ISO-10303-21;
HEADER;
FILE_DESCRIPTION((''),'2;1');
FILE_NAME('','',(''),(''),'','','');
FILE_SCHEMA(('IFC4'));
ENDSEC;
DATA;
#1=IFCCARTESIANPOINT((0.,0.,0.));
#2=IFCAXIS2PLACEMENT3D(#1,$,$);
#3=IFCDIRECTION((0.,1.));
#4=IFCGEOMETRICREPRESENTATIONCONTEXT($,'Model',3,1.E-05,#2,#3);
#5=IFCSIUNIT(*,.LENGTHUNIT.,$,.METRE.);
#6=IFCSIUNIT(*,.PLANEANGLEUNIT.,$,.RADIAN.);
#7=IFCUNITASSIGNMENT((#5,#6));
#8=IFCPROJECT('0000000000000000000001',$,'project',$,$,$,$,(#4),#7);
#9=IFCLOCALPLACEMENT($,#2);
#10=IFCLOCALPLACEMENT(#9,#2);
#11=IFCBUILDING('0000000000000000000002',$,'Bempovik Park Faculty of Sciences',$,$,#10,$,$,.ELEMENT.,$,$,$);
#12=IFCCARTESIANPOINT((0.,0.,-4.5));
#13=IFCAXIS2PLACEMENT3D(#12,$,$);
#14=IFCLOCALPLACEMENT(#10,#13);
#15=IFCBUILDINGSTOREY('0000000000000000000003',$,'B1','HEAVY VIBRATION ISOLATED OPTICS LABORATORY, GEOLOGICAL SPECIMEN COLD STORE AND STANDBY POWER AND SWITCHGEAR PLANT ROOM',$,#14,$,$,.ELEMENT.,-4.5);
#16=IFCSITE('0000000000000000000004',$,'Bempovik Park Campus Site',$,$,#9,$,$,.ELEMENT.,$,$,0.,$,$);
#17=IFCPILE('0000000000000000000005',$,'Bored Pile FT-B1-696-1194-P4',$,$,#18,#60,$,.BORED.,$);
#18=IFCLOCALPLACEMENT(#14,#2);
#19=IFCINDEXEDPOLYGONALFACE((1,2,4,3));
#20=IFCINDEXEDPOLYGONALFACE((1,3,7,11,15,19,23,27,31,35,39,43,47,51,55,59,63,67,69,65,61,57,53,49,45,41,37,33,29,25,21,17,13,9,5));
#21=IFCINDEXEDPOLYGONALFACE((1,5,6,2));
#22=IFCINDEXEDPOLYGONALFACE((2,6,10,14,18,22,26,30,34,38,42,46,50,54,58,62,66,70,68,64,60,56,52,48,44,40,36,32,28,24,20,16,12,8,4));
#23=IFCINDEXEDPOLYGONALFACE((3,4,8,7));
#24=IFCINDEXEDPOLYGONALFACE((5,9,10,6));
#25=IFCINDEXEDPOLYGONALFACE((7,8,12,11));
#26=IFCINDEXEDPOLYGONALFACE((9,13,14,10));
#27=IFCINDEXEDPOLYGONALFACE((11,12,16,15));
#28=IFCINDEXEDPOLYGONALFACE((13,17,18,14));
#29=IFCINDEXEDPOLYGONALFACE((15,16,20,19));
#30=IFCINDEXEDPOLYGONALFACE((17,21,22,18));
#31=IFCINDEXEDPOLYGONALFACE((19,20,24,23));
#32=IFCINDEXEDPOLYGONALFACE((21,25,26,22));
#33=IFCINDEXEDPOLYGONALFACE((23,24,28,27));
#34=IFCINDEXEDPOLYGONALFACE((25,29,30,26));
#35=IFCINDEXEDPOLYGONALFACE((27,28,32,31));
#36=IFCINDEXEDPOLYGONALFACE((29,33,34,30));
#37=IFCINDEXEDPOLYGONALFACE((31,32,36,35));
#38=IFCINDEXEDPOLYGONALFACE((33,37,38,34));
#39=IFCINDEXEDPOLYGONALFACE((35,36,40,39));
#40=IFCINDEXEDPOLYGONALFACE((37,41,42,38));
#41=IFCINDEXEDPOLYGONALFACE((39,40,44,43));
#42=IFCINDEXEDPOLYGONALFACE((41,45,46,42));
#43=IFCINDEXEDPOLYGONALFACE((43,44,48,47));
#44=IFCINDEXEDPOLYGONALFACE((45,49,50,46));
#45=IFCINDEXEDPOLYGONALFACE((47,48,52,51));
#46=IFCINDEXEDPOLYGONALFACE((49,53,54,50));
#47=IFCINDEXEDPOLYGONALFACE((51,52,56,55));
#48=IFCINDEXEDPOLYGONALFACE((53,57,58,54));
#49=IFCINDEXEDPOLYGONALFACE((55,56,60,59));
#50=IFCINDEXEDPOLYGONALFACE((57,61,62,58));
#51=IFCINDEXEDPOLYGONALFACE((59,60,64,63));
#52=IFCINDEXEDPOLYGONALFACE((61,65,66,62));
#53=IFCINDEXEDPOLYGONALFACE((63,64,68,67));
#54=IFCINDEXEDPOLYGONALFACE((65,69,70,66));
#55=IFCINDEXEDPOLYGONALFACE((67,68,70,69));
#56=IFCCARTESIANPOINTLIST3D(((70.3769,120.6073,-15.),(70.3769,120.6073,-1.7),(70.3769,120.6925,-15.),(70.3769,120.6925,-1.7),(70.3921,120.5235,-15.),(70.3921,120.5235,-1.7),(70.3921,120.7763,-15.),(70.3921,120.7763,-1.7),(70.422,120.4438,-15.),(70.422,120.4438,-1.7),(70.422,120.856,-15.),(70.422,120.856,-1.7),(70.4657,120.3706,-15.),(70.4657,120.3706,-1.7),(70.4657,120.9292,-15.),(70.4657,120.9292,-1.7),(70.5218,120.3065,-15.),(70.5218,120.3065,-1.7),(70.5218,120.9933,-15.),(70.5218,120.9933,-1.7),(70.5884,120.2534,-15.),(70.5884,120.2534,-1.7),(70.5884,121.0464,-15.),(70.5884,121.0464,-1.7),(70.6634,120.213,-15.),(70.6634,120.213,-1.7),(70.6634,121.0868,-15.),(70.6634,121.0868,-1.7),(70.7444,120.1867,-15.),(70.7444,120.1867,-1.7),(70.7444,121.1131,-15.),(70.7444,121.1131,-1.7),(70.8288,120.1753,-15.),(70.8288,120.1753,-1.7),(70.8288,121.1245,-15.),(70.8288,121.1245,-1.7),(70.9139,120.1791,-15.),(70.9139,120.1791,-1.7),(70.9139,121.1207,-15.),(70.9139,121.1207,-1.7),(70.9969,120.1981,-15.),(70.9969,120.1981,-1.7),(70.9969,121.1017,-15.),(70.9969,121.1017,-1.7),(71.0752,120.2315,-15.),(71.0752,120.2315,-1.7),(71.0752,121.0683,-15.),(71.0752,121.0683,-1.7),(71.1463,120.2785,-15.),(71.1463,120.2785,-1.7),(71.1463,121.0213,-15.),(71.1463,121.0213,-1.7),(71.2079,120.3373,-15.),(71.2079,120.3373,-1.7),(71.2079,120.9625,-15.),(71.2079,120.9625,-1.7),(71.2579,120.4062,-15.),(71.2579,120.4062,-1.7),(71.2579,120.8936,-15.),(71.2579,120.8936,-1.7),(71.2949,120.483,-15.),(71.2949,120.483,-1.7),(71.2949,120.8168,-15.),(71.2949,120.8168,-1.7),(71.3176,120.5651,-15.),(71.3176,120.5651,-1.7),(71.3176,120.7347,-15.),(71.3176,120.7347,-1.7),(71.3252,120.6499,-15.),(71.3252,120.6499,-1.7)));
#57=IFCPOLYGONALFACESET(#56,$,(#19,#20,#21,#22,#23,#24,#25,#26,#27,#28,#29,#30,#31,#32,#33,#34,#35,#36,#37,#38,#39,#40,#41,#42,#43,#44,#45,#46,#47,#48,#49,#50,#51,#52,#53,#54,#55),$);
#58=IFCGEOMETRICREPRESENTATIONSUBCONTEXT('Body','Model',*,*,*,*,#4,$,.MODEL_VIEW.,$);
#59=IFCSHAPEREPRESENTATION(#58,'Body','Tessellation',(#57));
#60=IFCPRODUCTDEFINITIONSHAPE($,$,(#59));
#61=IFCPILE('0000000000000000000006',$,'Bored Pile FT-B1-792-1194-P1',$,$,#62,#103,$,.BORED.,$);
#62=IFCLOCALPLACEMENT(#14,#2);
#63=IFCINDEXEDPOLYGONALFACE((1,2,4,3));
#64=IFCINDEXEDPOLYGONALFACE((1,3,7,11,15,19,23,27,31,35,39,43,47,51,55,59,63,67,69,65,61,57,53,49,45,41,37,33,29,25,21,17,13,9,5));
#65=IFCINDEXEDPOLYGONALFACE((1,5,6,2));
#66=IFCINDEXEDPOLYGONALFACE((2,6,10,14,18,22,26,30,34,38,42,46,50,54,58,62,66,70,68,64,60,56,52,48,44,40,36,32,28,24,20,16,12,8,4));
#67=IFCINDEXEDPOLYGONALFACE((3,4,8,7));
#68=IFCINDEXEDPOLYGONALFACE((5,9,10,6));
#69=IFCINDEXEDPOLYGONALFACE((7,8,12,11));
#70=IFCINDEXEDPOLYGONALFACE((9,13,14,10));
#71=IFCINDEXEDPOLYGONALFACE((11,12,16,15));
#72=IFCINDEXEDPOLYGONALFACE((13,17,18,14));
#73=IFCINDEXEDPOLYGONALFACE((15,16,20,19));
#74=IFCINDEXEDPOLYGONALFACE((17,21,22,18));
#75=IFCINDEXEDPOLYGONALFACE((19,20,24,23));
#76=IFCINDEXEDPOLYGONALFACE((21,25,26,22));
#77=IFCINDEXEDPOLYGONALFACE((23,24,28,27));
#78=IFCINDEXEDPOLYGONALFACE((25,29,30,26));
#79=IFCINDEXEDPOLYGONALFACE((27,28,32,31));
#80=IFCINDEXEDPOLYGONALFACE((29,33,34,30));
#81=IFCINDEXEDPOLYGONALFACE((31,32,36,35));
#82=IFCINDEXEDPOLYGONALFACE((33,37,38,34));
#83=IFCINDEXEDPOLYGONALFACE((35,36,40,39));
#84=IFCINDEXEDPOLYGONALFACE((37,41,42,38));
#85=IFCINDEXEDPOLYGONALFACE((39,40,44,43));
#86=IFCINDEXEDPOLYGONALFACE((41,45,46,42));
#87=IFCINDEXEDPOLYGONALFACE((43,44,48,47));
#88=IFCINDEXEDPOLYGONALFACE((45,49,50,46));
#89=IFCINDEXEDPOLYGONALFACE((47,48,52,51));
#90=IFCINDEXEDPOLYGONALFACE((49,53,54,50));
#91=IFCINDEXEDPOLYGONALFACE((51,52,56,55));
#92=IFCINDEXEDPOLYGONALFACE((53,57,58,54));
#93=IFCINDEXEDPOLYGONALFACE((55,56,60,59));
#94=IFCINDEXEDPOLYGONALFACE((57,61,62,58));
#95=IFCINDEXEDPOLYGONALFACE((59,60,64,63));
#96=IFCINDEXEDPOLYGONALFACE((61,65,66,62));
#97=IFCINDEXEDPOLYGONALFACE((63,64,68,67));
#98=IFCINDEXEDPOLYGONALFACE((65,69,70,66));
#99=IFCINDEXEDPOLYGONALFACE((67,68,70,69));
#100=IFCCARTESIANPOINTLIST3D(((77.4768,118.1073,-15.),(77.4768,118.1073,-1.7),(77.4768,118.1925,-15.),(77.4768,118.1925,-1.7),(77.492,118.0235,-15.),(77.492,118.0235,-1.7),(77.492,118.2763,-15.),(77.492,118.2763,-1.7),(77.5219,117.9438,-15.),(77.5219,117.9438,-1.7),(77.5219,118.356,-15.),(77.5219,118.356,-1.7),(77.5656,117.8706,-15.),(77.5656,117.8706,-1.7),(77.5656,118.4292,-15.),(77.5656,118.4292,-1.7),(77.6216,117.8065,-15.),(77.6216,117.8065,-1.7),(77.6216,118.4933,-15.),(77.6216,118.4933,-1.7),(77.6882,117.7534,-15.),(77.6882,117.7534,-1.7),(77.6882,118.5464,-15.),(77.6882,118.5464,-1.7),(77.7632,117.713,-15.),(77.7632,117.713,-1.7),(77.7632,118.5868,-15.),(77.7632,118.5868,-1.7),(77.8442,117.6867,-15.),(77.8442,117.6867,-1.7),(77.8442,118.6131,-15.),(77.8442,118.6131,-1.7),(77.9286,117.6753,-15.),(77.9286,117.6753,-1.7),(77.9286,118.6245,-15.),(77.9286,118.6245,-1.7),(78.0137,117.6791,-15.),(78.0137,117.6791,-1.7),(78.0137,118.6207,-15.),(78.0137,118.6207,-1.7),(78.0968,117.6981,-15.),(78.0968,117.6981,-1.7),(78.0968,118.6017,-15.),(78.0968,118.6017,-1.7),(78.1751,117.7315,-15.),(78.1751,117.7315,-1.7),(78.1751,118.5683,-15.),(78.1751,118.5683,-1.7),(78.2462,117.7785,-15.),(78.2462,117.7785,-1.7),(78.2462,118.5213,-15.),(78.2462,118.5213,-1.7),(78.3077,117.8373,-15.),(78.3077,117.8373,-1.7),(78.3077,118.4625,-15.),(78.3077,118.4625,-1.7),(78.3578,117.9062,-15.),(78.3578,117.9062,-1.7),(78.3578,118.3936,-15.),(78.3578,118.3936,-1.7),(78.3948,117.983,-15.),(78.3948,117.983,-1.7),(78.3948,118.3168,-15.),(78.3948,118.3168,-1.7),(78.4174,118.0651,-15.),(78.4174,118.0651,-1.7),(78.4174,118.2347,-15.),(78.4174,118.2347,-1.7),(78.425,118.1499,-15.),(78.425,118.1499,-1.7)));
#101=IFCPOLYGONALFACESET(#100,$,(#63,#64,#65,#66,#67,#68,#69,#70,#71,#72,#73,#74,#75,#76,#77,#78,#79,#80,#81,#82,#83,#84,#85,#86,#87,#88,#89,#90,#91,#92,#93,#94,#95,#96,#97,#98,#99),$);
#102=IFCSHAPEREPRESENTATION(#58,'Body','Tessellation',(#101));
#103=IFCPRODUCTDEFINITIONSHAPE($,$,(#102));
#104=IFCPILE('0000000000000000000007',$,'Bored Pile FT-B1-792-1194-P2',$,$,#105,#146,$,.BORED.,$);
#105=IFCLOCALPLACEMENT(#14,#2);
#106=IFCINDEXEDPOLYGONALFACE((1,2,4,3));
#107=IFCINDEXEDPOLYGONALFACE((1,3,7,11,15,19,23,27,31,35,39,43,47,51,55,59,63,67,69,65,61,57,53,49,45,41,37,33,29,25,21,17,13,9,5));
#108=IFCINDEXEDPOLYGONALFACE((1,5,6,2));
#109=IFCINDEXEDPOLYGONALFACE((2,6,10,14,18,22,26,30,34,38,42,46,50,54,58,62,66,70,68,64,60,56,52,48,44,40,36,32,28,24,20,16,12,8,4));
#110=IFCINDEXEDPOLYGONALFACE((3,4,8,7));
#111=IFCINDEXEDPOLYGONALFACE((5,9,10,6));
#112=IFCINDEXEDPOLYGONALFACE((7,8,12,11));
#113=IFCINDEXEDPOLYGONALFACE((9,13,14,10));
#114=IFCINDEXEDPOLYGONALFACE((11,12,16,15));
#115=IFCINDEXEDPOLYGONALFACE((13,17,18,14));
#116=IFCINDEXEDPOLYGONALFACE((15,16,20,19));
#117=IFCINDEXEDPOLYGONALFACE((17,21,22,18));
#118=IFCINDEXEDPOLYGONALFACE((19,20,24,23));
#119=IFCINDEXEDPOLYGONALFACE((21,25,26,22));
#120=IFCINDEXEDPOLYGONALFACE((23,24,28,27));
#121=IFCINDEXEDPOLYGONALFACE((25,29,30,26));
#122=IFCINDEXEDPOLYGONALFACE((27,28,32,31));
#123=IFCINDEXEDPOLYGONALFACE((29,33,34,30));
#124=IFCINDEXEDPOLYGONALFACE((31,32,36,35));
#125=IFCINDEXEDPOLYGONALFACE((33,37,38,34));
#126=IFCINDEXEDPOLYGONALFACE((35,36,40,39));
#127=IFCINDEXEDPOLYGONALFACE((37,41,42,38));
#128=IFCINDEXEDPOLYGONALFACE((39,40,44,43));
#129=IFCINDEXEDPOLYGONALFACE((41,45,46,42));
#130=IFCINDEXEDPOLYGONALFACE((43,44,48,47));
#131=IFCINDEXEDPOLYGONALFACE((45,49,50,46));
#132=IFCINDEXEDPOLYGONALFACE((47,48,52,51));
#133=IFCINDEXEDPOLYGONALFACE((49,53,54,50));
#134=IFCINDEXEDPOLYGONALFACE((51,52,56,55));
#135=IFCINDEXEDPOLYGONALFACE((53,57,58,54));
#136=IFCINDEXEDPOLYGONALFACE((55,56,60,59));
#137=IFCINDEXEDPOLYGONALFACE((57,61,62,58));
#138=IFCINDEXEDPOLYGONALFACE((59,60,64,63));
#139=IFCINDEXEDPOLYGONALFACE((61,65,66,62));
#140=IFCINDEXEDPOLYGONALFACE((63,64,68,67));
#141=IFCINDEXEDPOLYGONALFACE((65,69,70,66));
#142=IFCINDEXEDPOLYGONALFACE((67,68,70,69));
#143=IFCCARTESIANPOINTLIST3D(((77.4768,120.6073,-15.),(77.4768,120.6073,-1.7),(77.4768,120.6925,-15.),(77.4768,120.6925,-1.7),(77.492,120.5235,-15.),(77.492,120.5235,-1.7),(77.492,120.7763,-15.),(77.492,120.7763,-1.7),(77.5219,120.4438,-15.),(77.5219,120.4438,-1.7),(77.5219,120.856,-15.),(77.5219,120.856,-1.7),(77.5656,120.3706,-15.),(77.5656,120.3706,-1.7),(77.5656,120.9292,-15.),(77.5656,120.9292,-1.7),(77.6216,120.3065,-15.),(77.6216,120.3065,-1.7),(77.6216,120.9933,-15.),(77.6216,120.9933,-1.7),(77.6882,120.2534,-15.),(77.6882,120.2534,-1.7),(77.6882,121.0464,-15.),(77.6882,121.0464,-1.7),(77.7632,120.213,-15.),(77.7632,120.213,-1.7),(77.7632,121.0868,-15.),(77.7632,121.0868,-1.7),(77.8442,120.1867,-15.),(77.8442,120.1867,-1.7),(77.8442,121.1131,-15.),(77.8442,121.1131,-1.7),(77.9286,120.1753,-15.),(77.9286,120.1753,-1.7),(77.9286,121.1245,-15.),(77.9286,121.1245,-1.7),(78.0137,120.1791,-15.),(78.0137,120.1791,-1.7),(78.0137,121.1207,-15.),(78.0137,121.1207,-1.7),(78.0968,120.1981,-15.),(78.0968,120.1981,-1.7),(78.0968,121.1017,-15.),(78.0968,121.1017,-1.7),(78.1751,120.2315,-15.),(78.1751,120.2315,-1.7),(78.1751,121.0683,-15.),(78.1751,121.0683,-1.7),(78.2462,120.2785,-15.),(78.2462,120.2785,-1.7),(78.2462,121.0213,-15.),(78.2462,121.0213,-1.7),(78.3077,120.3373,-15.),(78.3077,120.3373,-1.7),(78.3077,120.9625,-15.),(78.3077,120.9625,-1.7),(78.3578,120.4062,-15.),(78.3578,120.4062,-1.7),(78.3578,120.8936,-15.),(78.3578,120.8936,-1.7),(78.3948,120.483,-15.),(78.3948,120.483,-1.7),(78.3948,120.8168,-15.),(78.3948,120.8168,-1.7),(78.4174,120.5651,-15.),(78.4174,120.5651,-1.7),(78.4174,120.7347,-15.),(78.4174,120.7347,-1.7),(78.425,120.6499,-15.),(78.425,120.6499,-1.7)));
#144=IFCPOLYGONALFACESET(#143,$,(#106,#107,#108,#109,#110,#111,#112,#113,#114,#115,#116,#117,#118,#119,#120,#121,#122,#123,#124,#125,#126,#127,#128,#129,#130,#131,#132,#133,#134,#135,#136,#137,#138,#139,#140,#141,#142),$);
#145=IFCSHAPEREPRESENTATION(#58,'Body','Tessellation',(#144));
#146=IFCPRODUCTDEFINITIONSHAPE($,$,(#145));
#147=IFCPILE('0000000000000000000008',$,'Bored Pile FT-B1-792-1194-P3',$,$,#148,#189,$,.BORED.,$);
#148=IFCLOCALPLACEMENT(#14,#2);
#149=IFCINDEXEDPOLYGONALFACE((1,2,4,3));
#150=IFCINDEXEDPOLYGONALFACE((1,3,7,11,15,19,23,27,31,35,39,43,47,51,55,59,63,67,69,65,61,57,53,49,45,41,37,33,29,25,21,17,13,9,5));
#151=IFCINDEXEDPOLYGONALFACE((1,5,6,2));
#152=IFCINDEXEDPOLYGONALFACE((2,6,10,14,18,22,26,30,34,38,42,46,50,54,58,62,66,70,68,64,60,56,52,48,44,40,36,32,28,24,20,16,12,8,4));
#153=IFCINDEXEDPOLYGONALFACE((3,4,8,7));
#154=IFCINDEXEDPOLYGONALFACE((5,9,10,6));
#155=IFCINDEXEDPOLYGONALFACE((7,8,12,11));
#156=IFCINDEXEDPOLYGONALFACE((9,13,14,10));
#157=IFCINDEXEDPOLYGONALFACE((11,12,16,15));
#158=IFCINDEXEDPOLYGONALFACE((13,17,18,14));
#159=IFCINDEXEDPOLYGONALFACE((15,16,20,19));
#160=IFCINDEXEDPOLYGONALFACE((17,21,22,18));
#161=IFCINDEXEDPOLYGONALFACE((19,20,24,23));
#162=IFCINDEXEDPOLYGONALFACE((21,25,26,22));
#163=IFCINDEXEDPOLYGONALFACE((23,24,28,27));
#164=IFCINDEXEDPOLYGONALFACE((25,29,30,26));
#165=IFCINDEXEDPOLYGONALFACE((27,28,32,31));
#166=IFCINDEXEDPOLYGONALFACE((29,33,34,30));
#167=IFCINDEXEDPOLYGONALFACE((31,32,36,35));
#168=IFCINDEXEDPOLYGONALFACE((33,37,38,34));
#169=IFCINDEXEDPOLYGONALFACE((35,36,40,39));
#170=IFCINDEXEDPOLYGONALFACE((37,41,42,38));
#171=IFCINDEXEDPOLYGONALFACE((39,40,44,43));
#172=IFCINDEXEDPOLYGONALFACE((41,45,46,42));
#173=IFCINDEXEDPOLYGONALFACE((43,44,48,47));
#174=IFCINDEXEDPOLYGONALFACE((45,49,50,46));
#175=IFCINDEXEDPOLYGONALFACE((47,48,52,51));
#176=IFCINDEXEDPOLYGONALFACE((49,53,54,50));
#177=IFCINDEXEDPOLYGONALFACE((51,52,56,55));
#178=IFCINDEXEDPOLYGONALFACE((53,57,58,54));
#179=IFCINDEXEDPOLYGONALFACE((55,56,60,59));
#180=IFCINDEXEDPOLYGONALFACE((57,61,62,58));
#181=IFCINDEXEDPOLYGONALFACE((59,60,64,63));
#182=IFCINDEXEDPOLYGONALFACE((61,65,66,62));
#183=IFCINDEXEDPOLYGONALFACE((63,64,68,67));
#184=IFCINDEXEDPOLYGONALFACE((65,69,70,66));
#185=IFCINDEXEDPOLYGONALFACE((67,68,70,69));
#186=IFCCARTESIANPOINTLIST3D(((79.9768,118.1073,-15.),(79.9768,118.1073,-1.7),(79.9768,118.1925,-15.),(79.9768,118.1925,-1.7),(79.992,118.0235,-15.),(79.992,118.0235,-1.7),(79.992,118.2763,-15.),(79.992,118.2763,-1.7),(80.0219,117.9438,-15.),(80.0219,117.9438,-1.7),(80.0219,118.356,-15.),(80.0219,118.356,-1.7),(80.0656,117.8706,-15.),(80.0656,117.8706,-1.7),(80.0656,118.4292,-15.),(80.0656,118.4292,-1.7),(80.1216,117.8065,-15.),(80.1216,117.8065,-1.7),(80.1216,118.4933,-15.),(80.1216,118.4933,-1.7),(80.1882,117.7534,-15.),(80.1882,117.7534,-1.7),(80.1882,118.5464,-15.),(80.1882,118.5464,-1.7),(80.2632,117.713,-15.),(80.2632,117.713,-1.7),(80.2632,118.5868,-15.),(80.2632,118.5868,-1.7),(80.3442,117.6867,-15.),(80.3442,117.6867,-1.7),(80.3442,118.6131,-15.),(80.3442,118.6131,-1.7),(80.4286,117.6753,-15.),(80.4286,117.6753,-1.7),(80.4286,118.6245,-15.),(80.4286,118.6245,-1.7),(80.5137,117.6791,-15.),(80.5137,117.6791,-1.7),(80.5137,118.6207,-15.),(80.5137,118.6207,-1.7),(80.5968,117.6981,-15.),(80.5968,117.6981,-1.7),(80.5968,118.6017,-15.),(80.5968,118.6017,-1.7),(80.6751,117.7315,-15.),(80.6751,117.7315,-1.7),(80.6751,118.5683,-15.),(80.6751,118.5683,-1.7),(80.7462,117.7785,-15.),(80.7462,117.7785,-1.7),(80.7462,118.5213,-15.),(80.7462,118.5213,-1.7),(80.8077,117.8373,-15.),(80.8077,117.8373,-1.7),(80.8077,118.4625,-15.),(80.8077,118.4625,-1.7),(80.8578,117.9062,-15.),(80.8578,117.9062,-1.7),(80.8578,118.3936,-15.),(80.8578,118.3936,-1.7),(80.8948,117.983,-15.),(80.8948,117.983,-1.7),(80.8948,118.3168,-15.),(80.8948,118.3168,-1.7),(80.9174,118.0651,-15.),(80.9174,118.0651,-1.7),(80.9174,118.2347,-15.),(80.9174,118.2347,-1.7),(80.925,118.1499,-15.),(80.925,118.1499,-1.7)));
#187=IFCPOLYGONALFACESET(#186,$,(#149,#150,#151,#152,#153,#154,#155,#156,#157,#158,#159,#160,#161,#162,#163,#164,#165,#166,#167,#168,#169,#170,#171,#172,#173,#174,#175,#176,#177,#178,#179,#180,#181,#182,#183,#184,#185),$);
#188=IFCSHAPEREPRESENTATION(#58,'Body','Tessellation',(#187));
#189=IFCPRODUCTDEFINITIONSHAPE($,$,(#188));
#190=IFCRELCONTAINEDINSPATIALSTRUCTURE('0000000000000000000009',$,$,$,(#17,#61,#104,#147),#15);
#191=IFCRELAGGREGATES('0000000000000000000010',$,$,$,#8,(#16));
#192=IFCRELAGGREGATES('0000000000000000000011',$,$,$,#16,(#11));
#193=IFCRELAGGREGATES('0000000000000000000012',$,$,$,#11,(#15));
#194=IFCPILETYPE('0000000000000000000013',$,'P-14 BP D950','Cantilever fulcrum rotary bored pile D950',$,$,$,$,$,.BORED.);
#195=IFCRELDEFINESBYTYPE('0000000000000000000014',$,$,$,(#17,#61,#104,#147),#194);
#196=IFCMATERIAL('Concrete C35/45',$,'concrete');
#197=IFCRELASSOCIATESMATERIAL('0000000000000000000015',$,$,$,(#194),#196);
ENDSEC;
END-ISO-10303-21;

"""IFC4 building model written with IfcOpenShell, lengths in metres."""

from ifc_helpers import new_model, si_unit, direction, frame, origin, origin_2d, place, context, subcontext, project, spatial, circle, extrude, material, material_profile, profile_set, type_object, element, save


model = new_model("IFC4")

# Units and contexts
model_context = context("Model", 3, precision=1e-05, world=origin(), true_north=direction((0.0, 1.0)))
body_context = subcontext(model_context, "Body", "Model", "MODEL_VIEW")
ifc_project = project(units=[si_unit("LENGTHUNIT", "METRE"), si_unit("PLANEANGLEUNIT", "RADIAN")], contexts=[model_context])

# Site, building, storey
site_placement = place(None, origin())
site = spatial("IfcSite", under=ifc_project, at=site_placement, Name="Bempovik Park Campus Site", CompositionType="ELEMENT", RefElevation=0.0)
building_placement = place(site_placement, origin())
building = spatial("IfcBuilding", under=site, at=building_placement, Name="Bempovik Park Faculty of Sciences", CompositionType="ELEMENT")
storey_placement = place(building_placement, frame((0.0, 0.0, -4.5)))
storey = spatial("IfcBuildingStorey", under=building, at=storey_placement, Name="B1", Description="HEAVY VIBRATION ISOLATED OPTICS LABORATORY, GEOLOGICAL SPECIMEN COLD STORE AND STANDBY POWER AND SWITCHGEAR PLANT ROOM", CompositionType="ELEMENT", Elevation=-4.5)

# Shared definitions
ifc_material_1 = material(Name="Concrete C35/45", Category="concrete")

# Piles
ifc_material_profile_1 = material_profile(ifc_material_1, circle(Radius=0.4751, at=origin_2d()), Name="BP D950")
ifc_profile_set_1 = profile_set([ifc_material_profile_1], Name="Concrete C35/45")
pile_type_1 = type_object("IfcPileType", Name="P-14 BP D950", Description="Cantilever fulcrum rotary bored pile D950", PredefinedType="BORED", material=ifc_profile_set_1)
for number, where, z_axis, x_axis, name in (
    (1, (70.8501, 120.6499, -1.7), (0.0, 0.0, -1.0), (1.0, 0.0, 0.0), "Bored Pile FT-B1-696-1194-P4"),
    (2, (77.95, 118.1499, -1.7), (0.0, 0.0, -1.0), (1.0, 0.0, 0.0), "Bored Pile FT-B1-792-1194-P1"),
    (3, (77.95, 120.6499, -1.7), (0.0, 0.0, -1.0), (1.0, 0.0, 0.0), "Bored Pile FT-B1-792-1194-P2"),
    (4, (80.45, 118.1499, -1.7), (0.0, 0.0, -1.0), (1.0, 0.0, 0.0), "Bored Pile FT-B1-792-1194-P3"),
):
    element("IfcPile", number, at=place(storey_placement, frame(where, z_axis=z_axis, x_axis=x_axis)), inside=storey, type_object=pile_type_1, Name=name, PredefinedType="BORED", context=body_context, shape_type="SweptSolid", body=[
        extrude(circle(Radius=0.4751, at=origin_2d()), origin(), (0.0, 0.0, 1.0), 13.3),
    ])

save(model, "model.ifc")
